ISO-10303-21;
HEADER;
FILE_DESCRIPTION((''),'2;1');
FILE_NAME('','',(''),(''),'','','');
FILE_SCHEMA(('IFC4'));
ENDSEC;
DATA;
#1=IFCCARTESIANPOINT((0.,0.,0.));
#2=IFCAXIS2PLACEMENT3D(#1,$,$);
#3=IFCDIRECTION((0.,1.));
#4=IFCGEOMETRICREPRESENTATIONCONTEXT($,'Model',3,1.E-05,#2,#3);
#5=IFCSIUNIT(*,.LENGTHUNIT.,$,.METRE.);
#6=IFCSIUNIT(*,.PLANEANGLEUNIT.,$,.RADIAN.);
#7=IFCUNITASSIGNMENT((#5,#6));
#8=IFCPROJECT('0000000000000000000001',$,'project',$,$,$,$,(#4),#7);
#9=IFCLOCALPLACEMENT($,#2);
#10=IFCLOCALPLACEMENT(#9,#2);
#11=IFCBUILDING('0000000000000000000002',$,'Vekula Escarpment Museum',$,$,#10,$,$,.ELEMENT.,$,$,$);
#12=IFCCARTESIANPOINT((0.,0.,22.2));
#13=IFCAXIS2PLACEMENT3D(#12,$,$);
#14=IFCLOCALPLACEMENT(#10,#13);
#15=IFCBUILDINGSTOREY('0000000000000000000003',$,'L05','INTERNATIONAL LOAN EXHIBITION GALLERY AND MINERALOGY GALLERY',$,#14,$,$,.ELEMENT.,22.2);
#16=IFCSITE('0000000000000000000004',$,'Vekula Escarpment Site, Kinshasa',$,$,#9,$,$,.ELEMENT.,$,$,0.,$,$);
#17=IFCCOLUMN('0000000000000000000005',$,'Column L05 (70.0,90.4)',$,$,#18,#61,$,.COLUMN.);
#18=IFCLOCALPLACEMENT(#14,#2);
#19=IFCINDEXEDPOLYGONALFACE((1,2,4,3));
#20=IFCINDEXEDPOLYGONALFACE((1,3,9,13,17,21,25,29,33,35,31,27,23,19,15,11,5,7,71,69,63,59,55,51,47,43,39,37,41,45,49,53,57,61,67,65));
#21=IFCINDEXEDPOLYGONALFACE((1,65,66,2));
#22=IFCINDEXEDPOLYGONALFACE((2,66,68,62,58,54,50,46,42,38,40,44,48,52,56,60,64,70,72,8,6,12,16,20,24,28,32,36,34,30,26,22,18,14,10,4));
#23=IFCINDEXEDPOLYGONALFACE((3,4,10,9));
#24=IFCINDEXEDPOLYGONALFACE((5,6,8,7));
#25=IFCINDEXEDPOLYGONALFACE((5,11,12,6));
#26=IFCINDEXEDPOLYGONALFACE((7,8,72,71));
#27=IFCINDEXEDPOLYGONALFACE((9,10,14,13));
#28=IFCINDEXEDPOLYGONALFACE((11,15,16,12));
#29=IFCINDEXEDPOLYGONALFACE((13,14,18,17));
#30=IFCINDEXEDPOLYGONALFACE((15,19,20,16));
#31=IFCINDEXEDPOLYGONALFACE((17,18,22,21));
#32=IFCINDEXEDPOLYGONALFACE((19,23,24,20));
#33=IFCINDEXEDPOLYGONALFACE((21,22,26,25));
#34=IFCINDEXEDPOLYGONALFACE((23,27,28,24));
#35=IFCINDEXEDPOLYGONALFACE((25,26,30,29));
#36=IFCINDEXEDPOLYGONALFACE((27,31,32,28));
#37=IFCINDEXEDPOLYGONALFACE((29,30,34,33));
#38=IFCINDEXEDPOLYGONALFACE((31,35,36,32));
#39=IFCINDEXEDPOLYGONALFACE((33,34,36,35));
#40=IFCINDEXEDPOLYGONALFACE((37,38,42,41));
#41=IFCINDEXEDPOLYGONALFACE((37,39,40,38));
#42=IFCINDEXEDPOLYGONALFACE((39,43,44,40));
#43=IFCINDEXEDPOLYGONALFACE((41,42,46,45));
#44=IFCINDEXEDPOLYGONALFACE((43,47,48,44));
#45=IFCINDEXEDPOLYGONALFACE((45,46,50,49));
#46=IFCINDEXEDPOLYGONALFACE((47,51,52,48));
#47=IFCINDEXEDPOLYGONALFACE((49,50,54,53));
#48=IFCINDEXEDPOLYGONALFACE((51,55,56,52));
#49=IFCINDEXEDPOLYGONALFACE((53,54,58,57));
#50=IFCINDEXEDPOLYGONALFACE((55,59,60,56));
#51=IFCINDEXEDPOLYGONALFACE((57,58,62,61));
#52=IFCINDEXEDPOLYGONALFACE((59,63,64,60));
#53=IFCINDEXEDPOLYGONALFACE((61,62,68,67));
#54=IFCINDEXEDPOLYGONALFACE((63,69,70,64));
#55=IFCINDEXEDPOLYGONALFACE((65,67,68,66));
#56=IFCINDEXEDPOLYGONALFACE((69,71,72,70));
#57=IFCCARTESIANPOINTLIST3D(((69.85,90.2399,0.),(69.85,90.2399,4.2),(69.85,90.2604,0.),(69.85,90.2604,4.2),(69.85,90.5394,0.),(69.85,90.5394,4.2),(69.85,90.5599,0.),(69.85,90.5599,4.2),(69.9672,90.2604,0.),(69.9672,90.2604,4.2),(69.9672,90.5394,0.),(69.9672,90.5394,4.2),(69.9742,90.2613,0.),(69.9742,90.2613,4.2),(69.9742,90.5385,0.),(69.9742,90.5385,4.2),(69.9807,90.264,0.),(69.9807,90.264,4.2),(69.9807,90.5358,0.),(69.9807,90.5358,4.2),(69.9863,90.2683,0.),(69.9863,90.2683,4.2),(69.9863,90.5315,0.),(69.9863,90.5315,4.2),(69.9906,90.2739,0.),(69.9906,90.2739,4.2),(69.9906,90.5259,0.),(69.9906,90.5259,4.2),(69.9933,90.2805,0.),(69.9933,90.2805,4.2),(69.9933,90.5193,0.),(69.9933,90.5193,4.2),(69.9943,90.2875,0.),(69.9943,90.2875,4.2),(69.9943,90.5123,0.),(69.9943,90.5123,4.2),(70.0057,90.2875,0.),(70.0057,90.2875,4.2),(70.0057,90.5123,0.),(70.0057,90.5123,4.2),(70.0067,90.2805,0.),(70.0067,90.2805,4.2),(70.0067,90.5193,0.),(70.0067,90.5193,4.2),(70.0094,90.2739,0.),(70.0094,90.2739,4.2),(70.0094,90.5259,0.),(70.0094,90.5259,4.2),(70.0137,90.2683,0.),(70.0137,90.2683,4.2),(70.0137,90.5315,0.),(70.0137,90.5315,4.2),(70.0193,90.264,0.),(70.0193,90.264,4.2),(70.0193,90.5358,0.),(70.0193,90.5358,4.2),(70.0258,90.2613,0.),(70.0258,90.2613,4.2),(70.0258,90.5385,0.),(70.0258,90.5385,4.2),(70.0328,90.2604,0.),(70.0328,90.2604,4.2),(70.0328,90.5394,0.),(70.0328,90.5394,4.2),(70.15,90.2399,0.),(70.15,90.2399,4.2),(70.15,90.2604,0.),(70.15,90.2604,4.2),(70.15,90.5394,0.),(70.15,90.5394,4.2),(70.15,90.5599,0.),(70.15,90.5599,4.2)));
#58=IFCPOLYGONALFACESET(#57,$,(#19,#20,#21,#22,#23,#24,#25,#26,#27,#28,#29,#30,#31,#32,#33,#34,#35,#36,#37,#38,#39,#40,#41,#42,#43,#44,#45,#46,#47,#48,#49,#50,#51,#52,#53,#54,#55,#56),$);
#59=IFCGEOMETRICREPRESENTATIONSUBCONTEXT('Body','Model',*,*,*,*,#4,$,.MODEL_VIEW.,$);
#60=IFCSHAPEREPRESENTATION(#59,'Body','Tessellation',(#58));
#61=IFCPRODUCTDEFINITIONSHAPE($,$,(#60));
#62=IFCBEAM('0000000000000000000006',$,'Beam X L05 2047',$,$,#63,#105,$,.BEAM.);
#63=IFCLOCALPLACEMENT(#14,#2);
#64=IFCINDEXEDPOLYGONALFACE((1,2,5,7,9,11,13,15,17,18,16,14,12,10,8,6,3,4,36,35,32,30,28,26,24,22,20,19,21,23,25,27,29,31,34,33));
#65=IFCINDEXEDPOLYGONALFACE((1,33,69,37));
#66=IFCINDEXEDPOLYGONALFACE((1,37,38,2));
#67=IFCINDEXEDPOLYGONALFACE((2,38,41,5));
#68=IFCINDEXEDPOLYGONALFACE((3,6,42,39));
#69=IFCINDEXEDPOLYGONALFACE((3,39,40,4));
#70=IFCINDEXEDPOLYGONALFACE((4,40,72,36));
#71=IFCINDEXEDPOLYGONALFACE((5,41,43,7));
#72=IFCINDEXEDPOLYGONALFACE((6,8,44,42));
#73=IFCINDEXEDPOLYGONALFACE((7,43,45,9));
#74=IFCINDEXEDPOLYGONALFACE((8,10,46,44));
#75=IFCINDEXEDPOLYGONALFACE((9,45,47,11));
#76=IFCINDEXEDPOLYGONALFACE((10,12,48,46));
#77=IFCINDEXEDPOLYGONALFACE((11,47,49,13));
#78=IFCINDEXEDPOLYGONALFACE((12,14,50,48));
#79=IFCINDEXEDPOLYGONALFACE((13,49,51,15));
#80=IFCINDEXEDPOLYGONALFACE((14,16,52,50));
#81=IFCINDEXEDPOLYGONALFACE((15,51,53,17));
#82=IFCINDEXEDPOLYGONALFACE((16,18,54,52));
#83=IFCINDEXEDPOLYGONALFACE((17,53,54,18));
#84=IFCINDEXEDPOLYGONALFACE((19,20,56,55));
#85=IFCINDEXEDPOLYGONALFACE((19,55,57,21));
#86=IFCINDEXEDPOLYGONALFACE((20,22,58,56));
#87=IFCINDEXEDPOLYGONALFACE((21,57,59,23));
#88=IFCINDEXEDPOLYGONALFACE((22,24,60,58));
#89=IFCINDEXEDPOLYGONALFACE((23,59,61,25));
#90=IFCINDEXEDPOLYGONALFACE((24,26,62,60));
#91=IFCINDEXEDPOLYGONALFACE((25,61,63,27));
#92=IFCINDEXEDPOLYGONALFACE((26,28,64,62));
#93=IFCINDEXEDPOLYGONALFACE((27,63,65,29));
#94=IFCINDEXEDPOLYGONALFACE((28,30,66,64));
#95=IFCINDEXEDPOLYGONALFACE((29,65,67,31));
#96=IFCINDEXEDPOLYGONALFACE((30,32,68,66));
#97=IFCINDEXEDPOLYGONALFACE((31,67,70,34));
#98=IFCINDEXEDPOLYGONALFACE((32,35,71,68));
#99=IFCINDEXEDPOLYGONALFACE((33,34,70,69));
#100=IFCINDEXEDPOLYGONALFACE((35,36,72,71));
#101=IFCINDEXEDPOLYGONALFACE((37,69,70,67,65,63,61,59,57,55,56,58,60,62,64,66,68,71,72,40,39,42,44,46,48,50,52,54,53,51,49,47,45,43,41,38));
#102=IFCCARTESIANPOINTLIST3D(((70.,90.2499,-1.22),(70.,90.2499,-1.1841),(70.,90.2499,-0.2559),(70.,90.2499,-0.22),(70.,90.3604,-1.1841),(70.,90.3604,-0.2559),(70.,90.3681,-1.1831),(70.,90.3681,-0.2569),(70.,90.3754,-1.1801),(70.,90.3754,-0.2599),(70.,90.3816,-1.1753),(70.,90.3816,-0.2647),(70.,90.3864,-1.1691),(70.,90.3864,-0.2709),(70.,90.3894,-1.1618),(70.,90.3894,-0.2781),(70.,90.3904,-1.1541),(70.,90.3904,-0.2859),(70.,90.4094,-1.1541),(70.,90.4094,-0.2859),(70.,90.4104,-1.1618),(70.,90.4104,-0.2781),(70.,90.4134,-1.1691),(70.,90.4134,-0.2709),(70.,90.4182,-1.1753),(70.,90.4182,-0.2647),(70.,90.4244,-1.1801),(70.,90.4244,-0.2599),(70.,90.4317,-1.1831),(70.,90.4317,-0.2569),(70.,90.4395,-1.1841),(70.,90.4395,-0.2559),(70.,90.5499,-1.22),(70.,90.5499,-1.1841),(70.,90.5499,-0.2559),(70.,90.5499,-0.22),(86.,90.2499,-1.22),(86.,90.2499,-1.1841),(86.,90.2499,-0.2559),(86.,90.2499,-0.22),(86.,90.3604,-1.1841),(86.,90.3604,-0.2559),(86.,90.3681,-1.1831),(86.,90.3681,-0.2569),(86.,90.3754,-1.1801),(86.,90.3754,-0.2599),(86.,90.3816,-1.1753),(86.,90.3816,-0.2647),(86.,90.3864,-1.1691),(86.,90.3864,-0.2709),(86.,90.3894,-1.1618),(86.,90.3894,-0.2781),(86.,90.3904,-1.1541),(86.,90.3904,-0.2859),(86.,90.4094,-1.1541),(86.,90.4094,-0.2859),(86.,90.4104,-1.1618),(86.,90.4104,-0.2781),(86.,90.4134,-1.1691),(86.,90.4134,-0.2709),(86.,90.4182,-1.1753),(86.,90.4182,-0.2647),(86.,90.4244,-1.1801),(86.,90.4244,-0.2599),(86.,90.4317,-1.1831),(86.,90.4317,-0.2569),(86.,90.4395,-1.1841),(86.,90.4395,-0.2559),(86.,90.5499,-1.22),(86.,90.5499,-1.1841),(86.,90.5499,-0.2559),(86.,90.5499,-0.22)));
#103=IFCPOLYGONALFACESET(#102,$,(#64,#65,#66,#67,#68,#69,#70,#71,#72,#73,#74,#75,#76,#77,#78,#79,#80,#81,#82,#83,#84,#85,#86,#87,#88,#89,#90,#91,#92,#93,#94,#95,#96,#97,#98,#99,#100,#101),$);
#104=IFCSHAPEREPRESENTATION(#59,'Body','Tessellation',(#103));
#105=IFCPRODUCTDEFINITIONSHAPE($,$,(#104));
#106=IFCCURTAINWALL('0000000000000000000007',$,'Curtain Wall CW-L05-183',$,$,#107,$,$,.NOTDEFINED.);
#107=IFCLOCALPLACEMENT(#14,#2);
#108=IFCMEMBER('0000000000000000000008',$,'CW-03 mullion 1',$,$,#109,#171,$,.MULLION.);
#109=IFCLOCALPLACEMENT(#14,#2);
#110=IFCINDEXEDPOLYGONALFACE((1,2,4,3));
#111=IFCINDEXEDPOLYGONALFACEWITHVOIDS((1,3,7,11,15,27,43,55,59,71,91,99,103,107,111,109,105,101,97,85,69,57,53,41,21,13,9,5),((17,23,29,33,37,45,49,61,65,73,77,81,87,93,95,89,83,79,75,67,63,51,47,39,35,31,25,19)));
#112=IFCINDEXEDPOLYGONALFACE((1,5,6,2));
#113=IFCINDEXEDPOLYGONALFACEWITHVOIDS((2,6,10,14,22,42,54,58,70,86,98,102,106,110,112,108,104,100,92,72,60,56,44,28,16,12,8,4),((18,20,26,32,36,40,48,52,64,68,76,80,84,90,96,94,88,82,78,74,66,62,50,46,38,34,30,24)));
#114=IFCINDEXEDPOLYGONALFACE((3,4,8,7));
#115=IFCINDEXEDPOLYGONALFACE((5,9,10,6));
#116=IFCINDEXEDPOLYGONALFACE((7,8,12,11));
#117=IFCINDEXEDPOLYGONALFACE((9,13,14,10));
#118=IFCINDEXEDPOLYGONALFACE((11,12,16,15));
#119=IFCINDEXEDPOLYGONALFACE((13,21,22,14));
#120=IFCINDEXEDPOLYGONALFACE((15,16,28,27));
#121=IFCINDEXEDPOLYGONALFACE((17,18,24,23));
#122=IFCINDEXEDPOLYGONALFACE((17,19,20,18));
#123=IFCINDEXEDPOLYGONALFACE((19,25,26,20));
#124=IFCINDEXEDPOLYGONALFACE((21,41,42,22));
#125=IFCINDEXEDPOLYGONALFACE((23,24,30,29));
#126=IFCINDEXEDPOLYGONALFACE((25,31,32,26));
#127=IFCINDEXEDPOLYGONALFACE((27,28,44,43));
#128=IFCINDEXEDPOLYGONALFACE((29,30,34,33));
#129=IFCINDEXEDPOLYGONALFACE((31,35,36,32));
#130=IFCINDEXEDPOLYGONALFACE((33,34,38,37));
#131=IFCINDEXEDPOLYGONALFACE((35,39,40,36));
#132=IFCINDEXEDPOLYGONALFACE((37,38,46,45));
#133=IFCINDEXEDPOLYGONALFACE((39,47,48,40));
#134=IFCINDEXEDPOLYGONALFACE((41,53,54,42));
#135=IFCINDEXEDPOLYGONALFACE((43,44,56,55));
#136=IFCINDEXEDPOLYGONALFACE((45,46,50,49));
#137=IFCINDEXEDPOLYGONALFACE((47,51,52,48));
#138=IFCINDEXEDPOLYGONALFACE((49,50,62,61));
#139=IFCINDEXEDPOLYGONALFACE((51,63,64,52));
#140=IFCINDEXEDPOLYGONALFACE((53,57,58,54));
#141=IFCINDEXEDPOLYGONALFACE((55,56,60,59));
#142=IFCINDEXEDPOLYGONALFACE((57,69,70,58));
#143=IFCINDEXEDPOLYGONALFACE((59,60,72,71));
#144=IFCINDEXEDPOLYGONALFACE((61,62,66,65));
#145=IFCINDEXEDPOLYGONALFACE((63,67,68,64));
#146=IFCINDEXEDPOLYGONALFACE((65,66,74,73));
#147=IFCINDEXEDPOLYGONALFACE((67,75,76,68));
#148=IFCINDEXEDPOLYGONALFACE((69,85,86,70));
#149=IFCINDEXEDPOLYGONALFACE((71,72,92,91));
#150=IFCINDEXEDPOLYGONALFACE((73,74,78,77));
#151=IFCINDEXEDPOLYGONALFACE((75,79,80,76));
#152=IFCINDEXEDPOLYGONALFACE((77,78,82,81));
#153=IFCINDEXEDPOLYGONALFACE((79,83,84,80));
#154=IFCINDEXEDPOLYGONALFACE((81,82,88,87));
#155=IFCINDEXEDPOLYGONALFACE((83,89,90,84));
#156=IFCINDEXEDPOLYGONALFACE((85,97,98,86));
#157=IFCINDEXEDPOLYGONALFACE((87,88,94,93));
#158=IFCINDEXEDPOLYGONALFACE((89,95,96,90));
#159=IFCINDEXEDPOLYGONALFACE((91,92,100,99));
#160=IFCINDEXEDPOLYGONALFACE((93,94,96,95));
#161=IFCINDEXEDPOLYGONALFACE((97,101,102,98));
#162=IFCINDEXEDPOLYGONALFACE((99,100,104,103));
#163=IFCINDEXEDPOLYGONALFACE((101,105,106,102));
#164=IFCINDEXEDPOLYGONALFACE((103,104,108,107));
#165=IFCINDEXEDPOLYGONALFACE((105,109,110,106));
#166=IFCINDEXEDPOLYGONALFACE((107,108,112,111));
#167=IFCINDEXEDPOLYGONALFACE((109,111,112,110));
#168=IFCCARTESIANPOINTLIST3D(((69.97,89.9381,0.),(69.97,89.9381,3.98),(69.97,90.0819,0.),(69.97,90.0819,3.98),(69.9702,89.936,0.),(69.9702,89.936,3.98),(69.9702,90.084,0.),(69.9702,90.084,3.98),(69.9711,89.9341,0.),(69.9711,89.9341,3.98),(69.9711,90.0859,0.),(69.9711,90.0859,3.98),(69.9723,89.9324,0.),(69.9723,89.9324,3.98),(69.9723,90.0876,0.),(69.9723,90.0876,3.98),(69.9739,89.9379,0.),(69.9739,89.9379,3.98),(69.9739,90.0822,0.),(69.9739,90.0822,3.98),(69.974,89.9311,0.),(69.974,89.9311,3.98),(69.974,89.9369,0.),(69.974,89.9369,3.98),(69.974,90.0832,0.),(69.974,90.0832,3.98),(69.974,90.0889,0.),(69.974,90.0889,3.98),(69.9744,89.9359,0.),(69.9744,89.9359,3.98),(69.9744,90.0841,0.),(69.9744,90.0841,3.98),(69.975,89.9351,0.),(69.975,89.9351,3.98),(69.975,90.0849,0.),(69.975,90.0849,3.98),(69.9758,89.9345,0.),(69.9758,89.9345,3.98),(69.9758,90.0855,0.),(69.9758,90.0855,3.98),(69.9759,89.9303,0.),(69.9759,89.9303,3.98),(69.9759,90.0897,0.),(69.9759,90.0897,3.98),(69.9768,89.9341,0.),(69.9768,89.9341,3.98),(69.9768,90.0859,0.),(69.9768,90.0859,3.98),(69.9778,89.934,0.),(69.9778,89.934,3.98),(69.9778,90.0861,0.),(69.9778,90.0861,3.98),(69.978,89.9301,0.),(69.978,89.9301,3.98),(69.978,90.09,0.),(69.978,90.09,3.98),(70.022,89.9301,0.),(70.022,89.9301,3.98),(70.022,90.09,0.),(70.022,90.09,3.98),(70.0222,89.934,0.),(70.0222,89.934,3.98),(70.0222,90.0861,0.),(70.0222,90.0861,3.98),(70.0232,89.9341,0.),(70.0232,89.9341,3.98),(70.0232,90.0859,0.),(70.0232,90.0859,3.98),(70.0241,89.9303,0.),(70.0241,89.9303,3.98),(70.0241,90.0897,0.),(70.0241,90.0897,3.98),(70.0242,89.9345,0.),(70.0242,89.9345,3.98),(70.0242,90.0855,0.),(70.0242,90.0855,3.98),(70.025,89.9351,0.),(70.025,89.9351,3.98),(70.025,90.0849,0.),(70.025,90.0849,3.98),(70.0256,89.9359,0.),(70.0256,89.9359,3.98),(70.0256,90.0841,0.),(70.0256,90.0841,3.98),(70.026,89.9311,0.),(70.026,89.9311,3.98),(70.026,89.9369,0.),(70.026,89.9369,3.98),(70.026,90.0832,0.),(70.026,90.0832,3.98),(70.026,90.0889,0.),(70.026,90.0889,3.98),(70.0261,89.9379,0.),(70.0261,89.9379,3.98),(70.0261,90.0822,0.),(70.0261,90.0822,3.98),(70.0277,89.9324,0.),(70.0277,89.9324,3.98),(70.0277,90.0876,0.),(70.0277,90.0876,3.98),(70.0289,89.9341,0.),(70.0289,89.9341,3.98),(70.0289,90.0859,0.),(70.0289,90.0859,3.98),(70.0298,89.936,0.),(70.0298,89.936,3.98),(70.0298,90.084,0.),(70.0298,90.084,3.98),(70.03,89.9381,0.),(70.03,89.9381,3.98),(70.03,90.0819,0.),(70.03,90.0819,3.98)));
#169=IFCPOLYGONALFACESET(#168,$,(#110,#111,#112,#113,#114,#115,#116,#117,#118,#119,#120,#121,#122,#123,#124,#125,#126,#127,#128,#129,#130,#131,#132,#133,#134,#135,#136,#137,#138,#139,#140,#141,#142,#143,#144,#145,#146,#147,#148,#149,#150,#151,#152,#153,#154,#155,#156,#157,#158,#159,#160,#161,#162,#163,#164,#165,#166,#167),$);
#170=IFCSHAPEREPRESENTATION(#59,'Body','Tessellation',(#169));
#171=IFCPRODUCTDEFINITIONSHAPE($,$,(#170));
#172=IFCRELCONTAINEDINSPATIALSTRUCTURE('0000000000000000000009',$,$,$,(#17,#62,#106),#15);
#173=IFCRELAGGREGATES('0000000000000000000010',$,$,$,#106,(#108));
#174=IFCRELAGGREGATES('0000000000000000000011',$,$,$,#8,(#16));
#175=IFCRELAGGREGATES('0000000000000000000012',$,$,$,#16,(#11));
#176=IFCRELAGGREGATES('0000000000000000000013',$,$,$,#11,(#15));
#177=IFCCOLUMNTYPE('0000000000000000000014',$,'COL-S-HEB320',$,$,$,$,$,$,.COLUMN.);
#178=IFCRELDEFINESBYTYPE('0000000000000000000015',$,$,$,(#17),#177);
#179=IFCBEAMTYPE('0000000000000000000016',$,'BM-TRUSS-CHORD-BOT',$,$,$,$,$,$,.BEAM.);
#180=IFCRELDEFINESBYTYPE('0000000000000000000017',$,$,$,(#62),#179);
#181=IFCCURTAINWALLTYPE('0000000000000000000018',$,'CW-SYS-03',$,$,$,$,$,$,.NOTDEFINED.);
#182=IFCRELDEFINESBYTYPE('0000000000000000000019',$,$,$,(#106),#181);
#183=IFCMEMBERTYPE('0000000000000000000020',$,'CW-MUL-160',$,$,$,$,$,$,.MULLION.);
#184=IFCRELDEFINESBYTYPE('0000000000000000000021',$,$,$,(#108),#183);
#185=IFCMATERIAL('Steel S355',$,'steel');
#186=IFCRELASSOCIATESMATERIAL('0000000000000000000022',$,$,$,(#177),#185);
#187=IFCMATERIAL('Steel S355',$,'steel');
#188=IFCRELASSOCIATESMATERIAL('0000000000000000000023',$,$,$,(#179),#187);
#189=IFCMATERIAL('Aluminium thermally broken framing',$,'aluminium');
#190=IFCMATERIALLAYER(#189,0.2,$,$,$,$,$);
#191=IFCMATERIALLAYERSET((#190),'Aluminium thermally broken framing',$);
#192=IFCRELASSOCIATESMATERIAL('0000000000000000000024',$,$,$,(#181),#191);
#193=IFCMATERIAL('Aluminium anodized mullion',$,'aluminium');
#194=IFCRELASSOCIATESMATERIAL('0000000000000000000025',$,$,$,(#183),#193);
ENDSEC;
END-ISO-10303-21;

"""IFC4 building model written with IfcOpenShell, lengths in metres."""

from ifc_helpers import new_model, si_unit, direction, frame, origin, origin_2d, place, context, subcontext, project, spatial, hollow_rectangle, i_section, extrude, material, layer, layer_set, material_profile, profile_set, type_object, element, aggregate, save


model = new_model("IFC4")

# Units and contexts
model_context = context("Model", 3, precision=1e-05, world=origin(), true_north=direction((0.0, 1.0)))
body_context = subcontext(model_context, "Body", "Model", "MODEL_VIEW")
ifc_project = project(units=[si_unit("LENGTHUNIT", "METRE"), si_unit("PLANEANGLEUNIT", "RADIAN")], contexts=[model_context])

# Site, building, storey
site_placement = place(None, origin())
site = spatial("IfcSite", under=ifc_project, at=site_placement, Name="Vekula Escarpment Site, Kinshasa", CompositionType="ELEMENT", RefElevation=0.0)
building_placement = place(site_placement, origin())
building = spatial("IfcBuilding", under=site, at=building_placement, Name="Vekula Escarpment Museum", CompositionType="ELEMENT")
storey_placement = place(building_placement, frame((0.0, 0.0, 22.2)))
storey = spatial("IfcBuildingStorey", under=building, at=storey_placement, Name="L05", Description="INTERNATIONAL LOAN EXHIBITION GALLERY AND MINERALOGY GALLERY", CompositionType="ELEMENT", Elevation=22.2)

# Column
ifc_material_1 = material(Name="Steel S355", Category="steel")
ifc_material_profile_1 = material_profile(ifc_material_1, i_section(OverallWidth=0.3, OverallDepth=0.3201, WebThickness=0.0115, FlangeThickness=0.0205, FilletRadius=0.0271, at=origin_2d()), Name="HEB 320")
ifc_profile_set_1 = profile_set([ifc_material_profile_1], Name="Steel S355")
column_type = type_object("IfcColumnType", Name="COL-S-HEB320", PredefinedType="COLUMN", material=ifc_profile_set_1)
column_placement = place(storey_placement, frame((70.0, 90.3999, 0.0), z_axis=(0.0, 0.0, 1.0), x_axis=(1.0, 0.0, 0.0)))
element("IfcColumn", 1, at=column_placement, inside=storey, type_object=column_type, Name="Column L05 (70.0,90.4)", PredefinedType="COLUMN", context=body_context, shape_type="SweptSolid", body=[
    extrude(i_section(OverallWidth=0.3, OverallDepth=0.3201, WebThickness=0.0115, FlangeThickness=0.0205, FilletRadius=0.0271, at=origin_2d()), origin(), (0.0, 0.0, 1.0), 4.2),
])

# Beam
ifc_material_2 = material(Name="Steel S355", Category="steel")
ifc_material_profile_2 = material_profile(ifc_material_2, i_section(OverallWidth=0.3, OverallDepth=1.0, WebThickness=0.019, FlangeThickness=0.0359, FilletRadius=0.03, at=origin_2d()), Name="HEB 1000")
ifc_profile_set_2 = profile_set([ifc_material_profile_2], Name="Steel S355")
beam_type = type_object("IfcBeamType", Name="BM-TRUSS-CHORD-BOT", PredefinedType="BEAM", material=ifc_profile_set_2)
beam_placement = place(storey_placement, frame((70.0, 90.3999, -0.72), z_axis=(1.0, 0.0, 0.0), x_axis=(0.0, 1.0, 0.0)))
element("IfcBeam", 2, at=beam_placement, inside=storey, type_object=beam_type, Name="Beam X L05 2047", PredefinedType="BEAM", context=body_context, shape_type="SweptSolid", body=[
    extrude(i_section(OverallWidth=0.3, OverallDepth=1.0, WebThickness=0.019, FlangeThickness=0.0359, FilletRadius=0.03, at=origin_2d()), origin(), (0.0, 0.0, 1.0), 16.0),
])

# Curtain wall, member
ifc_material_3 = material(Name="Aluminium thermally broken framing", Category="aluminium")
ifc_layer_1 = layer(ifc_material_3, 0.2)
ifc_layer_set_1 = layer_set([ifc_layer_1], Name="Aluminium thermally broken framing")
curtain_wall_type = type_object("IfcCurtainWallType", Name="CW-SYS-03", PredefinedType="NOTDEFINED", material=ifc_layer_set_1)
curtain_wall_placement = place(storey_placement, origin())
curtain_wall = element("IfcCurtainWall", 3, at=curtain_wall_placement, inside=storey, type_object=curtain_wall_type, Name="Curtain Wall CW-L05-183", PredefinedType="NOTDEFINED")
ifc_material_4 = material(Name="Aluminium anodized mullion", Category="aluminium")
ifc_material_profile_3 = material_profile(ifc_material_4, hollow_rectangle(XDim=0.0601, YDim=0.1599, WallThickness=0.0039, InnerFilletRadius=0.0039, OuterFilletRadius=0.0081, at=origin_2d()), Name="ALU 160x60x4")
ifc_profile_set_3 = profile_set([ifc_material_profile_3], Name="Aluminium anodized mullion")
member_type_1 = type_object("IfcMemberType", Name="CW-MUL-160", PredefinedType="MULLION", material=ifc_profile_set_3)
member_1_placement = place(storey_placement, frame((70.0, 90.01, 0.0), z_axis=(0.0, 0.0, 1.0), x_axis=(1.0, 0.0, 0.0)))
member_1 = element("IfcMember", 4, at=member_1_placement, type_object=member_type_1, Name="CW-03 mullion 1", PredefinedType="MULLION", context=body_context, shape_type="SweptSolid", body=[
    extrude(hollow_rectangle(XDim=0.0601, YDim=0.1599, WallThickness=0.0039, InnerFilletRadius=0.0039, OuterFilletRadius=0.0081, at=origin_2d()), origin(), (0.0, 0.0, 1.0), 3.98),
])
aggregate(curtain_wall, [member_1])

save(model, "model.ifc")
